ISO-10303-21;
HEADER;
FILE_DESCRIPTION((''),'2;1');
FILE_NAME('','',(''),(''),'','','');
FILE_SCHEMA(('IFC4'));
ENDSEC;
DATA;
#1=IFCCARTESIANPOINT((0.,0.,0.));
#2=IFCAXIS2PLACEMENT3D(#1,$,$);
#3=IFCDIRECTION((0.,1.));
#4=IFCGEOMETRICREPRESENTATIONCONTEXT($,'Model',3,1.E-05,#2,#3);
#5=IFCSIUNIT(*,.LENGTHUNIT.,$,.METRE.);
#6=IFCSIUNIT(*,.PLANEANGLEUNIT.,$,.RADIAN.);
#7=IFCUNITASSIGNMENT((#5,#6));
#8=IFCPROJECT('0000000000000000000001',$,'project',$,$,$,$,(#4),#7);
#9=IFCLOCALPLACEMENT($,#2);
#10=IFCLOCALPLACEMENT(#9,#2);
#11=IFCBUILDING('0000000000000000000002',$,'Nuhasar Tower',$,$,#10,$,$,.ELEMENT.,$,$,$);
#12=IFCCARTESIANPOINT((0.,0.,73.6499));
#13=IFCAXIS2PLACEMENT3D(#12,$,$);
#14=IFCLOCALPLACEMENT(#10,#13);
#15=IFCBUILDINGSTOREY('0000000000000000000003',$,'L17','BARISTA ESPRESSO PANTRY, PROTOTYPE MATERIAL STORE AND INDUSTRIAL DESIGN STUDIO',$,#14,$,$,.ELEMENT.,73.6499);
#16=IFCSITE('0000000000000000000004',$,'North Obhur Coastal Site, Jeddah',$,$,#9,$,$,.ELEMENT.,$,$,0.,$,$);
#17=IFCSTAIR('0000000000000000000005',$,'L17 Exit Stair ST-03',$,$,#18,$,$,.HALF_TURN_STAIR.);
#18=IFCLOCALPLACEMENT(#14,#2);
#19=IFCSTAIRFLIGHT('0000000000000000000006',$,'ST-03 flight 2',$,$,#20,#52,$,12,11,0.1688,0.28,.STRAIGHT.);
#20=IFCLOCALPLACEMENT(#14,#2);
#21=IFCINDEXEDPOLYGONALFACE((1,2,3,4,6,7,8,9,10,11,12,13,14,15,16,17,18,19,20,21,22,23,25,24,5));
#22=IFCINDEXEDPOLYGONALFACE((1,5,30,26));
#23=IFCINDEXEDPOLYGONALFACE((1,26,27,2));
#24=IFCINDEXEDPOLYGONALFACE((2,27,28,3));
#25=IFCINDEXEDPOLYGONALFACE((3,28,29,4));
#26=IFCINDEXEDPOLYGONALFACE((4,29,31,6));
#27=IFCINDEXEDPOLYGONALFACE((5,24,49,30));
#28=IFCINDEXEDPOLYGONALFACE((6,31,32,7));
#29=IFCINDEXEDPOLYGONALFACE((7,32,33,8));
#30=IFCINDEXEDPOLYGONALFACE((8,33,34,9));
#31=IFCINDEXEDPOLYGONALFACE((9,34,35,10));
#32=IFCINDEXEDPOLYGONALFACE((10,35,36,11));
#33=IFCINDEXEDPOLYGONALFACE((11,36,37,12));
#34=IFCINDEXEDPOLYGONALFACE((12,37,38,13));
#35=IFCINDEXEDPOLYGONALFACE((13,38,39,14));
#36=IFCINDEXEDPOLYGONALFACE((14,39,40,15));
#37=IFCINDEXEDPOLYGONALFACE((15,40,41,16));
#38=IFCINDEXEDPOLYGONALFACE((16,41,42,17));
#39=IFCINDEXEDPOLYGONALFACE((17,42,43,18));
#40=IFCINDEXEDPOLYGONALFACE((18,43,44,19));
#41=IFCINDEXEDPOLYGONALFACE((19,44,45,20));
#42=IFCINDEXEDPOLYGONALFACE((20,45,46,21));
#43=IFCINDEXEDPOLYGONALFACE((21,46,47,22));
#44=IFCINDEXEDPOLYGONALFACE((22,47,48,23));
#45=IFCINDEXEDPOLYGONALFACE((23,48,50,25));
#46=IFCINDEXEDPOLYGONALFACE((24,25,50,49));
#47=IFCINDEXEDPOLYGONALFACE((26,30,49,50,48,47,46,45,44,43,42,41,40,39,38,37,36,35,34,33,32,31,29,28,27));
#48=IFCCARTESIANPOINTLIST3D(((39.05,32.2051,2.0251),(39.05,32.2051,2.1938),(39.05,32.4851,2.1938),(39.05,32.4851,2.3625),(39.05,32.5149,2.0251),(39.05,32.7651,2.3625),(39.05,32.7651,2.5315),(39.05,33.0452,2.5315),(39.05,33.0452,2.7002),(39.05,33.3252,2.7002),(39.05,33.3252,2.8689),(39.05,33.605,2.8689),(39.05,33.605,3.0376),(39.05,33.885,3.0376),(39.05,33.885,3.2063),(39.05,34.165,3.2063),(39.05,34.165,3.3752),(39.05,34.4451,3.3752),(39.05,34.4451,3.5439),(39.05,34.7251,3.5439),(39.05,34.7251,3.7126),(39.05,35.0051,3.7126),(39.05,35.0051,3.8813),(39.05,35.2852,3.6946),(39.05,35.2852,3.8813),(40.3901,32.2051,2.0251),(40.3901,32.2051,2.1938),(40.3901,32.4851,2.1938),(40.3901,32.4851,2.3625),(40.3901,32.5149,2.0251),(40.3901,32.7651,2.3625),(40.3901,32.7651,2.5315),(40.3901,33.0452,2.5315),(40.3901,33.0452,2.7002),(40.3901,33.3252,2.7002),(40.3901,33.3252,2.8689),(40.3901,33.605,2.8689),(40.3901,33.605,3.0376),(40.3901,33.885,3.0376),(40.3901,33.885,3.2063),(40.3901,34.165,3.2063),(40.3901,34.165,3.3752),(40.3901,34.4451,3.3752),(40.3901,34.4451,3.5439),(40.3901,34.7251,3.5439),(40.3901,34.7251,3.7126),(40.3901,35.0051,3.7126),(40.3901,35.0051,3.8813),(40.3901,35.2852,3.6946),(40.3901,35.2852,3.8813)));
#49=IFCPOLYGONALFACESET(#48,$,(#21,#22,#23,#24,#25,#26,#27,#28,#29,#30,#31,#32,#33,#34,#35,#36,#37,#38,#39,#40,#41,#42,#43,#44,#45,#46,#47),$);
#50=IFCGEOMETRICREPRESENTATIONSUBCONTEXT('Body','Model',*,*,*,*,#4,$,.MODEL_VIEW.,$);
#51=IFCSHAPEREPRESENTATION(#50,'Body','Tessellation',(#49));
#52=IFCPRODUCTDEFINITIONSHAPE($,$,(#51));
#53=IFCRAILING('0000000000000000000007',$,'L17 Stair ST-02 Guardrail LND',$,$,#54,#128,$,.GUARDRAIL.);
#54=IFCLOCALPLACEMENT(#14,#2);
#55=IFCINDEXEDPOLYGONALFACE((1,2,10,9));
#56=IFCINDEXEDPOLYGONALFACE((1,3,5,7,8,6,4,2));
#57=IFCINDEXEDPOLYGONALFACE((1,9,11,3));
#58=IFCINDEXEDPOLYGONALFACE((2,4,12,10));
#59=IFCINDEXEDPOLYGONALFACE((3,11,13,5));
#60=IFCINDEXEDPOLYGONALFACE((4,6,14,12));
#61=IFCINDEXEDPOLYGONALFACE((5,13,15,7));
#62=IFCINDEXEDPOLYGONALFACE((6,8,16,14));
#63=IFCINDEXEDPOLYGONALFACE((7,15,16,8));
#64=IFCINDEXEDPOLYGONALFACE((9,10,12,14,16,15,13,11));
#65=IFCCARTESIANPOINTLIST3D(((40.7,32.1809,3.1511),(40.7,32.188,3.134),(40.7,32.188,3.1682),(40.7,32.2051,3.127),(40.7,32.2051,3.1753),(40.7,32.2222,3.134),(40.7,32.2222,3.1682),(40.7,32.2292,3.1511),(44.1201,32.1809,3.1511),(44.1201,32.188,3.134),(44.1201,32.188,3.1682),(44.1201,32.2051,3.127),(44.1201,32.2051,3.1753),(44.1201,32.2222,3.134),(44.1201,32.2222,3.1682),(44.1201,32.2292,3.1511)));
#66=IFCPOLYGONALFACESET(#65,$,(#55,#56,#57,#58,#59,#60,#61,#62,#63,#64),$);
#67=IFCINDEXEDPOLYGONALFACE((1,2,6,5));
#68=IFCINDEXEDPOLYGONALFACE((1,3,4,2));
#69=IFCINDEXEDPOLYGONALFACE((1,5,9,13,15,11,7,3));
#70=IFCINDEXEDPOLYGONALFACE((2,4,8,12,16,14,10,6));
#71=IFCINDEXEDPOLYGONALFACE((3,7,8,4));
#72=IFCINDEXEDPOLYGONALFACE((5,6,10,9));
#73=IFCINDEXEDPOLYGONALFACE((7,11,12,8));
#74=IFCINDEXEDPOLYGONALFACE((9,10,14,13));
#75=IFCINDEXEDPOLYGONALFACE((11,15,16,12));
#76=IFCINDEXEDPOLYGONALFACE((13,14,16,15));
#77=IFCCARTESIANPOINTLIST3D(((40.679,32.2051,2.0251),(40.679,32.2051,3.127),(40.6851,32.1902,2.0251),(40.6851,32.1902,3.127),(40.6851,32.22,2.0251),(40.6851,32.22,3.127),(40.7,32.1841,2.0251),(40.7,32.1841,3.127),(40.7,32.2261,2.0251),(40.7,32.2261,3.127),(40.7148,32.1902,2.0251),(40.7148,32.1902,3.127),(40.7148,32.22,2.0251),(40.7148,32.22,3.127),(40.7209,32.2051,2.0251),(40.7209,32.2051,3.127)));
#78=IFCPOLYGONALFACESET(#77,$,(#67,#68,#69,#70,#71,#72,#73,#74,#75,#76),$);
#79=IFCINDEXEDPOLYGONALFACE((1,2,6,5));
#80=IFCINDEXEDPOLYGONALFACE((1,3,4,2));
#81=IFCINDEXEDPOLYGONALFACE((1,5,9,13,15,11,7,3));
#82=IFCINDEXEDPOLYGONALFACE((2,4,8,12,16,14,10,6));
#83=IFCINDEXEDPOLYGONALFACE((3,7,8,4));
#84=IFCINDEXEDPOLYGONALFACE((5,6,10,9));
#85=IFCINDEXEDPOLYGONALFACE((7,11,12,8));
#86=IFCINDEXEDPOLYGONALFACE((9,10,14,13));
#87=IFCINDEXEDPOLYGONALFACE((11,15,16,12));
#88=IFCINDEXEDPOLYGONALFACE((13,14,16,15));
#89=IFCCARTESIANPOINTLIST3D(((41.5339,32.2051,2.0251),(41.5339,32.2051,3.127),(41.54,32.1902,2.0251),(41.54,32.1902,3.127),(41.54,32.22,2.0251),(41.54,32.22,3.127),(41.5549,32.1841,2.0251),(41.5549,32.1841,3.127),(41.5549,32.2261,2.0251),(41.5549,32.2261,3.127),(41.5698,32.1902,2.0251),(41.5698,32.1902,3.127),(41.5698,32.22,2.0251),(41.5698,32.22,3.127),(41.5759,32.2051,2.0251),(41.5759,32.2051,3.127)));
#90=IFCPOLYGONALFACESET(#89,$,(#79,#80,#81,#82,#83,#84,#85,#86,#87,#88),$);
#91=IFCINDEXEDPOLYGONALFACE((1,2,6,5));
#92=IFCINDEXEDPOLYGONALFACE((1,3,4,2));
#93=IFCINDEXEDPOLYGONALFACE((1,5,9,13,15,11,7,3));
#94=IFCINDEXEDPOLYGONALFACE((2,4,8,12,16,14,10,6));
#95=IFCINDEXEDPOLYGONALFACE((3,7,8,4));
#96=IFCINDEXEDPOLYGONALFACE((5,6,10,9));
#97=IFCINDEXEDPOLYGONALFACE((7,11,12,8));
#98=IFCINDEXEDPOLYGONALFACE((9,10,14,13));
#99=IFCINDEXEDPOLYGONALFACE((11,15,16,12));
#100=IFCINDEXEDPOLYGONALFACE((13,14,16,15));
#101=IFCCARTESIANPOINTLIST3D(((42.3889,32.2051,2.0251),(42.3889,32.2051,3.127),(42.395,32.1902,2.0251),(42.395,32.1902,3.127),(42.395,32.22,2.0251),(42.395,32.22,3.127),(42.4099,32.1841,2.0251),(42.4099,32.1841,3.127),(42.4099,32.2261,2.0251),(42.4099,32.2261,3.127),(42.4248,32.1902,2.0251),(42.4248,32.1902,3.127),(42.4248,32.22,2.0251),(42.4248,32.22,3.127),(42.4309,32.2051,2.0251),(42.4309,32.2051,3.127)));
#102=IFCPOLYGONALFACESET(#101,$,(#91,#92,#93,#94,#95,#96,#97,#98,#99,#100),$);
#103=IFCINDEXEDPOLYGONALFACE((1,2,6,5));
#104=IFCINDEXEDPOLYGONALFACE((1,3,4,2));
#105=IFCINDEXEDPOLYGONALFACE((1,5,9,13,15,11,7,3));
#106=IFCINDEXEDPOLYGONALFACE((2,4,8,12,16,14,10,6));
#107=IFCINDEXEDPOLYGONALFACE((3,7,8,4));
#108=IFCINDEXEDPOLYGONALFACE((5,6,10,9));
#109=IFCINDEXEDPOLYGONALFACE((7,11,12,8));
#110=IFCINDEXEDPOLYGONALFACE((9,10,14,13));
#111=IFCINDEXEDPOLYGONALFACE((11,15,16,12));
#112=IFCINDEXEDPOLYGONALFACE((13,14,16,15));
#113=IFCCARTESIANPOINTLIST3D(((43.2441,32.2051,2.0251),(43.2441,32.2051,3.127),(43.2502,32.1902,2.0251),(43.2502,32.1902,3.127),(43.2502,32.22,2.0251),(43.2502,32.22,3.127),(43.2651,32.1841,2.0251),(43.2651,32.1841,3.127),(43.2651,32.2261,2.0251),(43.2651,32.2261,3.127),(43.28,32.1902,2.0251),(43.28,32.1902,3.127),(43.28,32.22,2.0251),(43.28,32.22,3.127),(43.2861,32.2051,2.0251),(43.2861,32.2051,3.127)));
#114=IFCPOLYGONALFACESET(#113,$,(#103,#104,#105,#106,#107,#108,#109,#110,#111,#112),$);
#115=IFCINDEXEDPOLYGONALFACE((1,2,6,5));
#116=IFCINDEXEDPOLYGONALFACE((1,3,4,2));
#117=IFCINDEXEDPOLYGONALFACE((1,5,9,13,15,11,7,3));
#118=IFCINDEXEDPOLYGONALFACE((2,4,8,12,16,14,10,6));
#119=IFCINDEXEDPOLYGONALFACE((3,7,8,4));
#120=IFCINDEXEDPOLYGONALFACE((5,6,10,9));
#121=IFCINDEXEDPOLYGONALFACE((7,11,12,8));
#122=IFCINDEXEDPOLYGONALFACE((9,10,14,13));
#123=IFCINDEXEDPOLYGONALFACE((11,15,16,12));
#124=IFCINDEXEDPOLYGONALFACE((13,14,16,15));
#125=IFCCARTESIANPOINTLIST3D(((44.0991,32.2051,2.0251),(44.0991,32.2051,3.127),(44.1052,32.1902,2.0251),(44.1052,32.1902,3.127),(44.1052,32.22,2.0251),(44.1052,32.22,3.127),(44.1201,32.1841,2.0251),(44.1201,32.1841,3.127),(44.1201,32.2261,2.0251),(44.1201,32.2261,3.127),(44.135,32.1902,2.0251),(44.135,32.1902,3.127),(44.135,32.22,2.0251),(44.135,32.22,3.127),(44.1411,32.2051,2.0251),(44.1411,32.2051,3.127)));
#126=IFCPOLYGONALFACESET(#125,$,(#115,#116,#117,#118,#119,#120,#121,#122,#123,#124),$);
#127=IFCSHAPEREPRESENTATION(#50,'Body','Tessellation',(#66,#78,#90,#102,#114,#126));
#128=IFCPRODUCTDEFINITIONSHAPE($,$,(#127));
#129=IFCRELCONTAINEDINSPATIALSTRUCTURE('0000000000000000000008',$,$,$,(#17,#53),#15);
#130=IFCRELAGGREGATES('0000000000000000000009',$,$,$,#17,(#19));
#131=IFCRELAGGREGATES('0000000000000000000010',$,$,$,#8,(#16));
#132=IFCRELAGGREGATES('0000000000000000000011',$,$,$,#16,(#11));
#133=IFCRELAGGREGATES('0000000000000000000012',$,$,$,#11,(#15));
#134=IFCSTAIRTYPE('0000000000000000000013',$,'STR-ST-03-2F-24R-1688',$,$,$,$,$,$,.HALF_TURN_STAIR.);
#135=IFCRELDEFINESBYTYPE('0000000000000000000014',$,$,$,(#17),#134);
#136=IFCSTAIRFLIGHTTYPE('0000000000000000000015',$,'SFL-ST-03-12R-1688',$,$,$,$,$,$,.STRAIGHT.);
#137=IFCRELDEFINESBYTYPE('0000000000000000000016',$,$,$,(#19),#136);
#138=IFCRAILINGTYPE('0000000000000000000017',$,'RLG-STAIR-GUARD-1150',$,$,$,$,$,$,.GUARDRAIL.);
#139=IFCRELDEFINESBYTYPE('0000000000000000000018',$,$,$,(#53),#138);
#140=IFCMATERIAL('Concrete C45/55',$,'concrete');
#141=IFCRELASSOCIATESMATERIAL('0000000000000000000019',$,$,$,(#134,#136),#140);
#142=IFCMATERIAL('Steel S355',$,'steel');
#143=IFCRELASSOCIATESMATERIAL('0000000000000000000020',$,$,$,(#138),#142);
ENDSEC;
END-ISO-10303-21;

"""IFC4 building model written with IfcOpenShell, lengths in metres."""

from ifc_helpers import new_model, si_unit, direction, frame, origin, place, context, subcontext, project, spatial, polyline, outline, extrude, material, type_object, element, aggregate, save


model = new_model("IFC4")

# Units and contexts
model_context = context("Model", 3, precision=1e-05, world=origin(), true_north=direction((0.0, 1.0)))
body_context = subcontext(model_context, "Body", "Model", "MODEL_VIEW")
ifc_project = project(units=[si_unit("LENGTHUNIT", "METRE"), si_unit("PLANEANGLEUNIT", "RADIAN")], contexts=[model_context])

# Site, building, storey
site_placement = place(None, origin())
site = spatial("IfcSite", under=ifc_project, at=site_placement, Name="North Obhur Coastal Site, Jeddah", CompositionType="ELEMENT", RefElevation=0.0)
building_placement = place(site_placement, origin())
building = spatial("IfcBuilding", under=site, at=building_placement, Name="Nuhasar Tower", CompositionType="ELEMENT")
storey_placement = place(building_placement, frame((0.0, 0.0, 73.6499)))
storey = spatial("IfcBuildingStorey", under=building, at=storey_placement, Name="L17", Description="BARISTA ESPRESSO PANTRY, PROTOTYPE MATERIAL STORE AND INDUSTRIAL DESIGN STUDIO", CompositionType="ELEMENT", Elevation=73.6499)

# Shared definitions
ifc_material_1 = material(Name="Steel S355", Category="steel")

# Shared definitions
ifc_material_2 = material(Name="Concrete C45/55", Category="concrete")

# Stair, stair flight
stair_type_1 = type_object("IfcStairType", Name="STR-ST-03-2F-24R-1688", PredefinedType="HALF_TURN_STAIR", material=ifc_material_2)
stair_1_placement = place(storey_placement, origin())
stair_1 = element("IfcStair", 1, at=stair_1_placement, inside=storey, type_object=stair_type_1, Name="L17 Exit Stair ST-03", PredefinedType="HALF_TURN_STAIR")
stair_flight_type_1 = type_object("IfcStairFlightType", Name="SFL-ST-03-12R-1688", PredefinedType="STRAIGHT", material=ifc_material_2)
stair_flight_1_placement = place(storey_placement, frame((39.72, 32.2051, 2.0251), z_axis=(0.0, 0.0, 1.0), x_axis=(0.0, 1.0, 0.0)))
stair_flight_1 = element("IfcStairFlight", 2, at=stair_flight_1_placement, type_object=stair_flight_type_1, Name="ST-03 flight 2", NumberOfRisers=12, NumberOfTreads=11, PredefinedType="STRAIGHT", RiserHeight=0.1688, TreadLength=0.28, context=body_context, shape_type="SweptSolid", body=[
    extrude(outline(polyline([(0.0, 0.0), (0.0, 0.1687), (0.28, 0.1687), (0.28, 0.3374), (0.5601, 0.3374), (0.5601, 0.5063), (0.8401, 0.5063), (0.8401, 0.675), (1.1201, 0.675), (1.1201, 0.8438), (1.3999, 0.8438), (1.3999, 1.0125), (1.6799, 1.0125), (1.6799, 1.1812), (1.96, 1.1812), (1.96, 1.3501), (2.24, 1.3501), (2.24, 1.5188), (2.52, 1.5188), (2.52, 1.6875), (2.8, 1.6875), (2.8, 1.8562), (3.0801, 1.8562), (3.0801, 2.0249), (3.0801, 1.6694), (0.3098, 0.0), (0.0, 0.0)])), frame((0.0, 0.6699, 0.0), z_axis=(0.0, -1.0, 0.0), x_axis=(1.0, 0.0, 0.0)), (0.0, 0.0, 1.0), 1.3401),
])
aggregate(stair_1, [stair_flight_1])

# Railing
railing_type_1 = type_object("IfcRailingType", Name="RLG-STAIR-GUARD-1150", PredefinedType="GUARDRAIL", material=ifc_material_1)
railing_1_placement = place(storey_placement, frame((40.7, 32.2051, 2.0251)))
element("IfcRailing", 3, at=railing_1_placement, inside=storey, type_object=railing_type_1, Name="L17 Stair ST-02 Guardrail LND", PredefinedType="GUARDRAIL", context=body_context, shape_type="SweptSolid", body=[
    extrude(outline(polyline([(0.0242, 0.0), (0.0171, 0.0171), (0.0, 0.0242), (-0.0171, 0.0171), (-0.0242, 0.0), (-0.0171, -0.0171), (0.0, -0.0242), (0.0171, -0.0171), (0.0242, 0.0)])), frame((0.0, 0.0, 1.126), z_axis=(1.0, 0.0, 0.0), x_axis=(0.0, 1.0, 0.0)), (0.0, 0.0, 1.0), 3.4202),
    extrude(outline(polyline([(0.021, 0.0), (0.0149, 0.0149), (0.0, 0.021), (-0.0149, 0.0149), (-0.021, 0.0), (-0.0149, -0.0149), (0.0, -0.021), (0.0149, -0.0149), (0.021, 0.0)])), origin(), (0.0, 0.0, 1.0), 1.1018),
    extrude(outline(polyline([(0.021, 0.0), (0.0149, 0.0149), (0.0, 0.021), (-0.0149, 0.0149), (-0.021, 0.0), (-0.0149, -0.0149), (0.0, -0.021), (0.0149, -0.0149), (0.021, 0.0)])), frame((0.855, 0.0, 0.0)), (0.0, 0.0, 1.0), 1.1018),
    extrude(outline(polyline([(0.021, 0.0), (0.0149, 0.0149), (0.0, 0.021), (-0.0149, 0.0149), (-0.021, 0.0), (-0.0149, -0.0149), (0.0, -0.021), (0.0149, -0.0149), (0.021, 0.0)])), frame((1.71, 0.0, 0.0)), (0.0, 0.0, 1.0), 1.1018),
    extrude(outline(polyline([(0.021, 0.0), (0.0149, 0.0149), (0.0, 0.021), (-0.0149, 0.0149), (-0.021, 0.0), (-0.0149, -0.0149), (0.0, -0.021), (0.0149, -0.0149), (0.021, 0.0)])), frame((2.5652, 0.0, 0.0)), (0.0, 0.0, 1.0), 1.1018),
    extrude(outline(polyline([(0.021, 0.0), (0.0149, 0.0149), (0.0, 0.021), (-0.0149, 0.0149), (-0.021, 0.0), (-0.0149, -0.0149), (0.0, -0.021), (0.0149, -0.0149), (0.021, 0.0)])), frame((3.4202, 0.0, 0.0)), (0.0, 0.0, 1.0), 1.1018),
])

save(model, "model.ifc")
